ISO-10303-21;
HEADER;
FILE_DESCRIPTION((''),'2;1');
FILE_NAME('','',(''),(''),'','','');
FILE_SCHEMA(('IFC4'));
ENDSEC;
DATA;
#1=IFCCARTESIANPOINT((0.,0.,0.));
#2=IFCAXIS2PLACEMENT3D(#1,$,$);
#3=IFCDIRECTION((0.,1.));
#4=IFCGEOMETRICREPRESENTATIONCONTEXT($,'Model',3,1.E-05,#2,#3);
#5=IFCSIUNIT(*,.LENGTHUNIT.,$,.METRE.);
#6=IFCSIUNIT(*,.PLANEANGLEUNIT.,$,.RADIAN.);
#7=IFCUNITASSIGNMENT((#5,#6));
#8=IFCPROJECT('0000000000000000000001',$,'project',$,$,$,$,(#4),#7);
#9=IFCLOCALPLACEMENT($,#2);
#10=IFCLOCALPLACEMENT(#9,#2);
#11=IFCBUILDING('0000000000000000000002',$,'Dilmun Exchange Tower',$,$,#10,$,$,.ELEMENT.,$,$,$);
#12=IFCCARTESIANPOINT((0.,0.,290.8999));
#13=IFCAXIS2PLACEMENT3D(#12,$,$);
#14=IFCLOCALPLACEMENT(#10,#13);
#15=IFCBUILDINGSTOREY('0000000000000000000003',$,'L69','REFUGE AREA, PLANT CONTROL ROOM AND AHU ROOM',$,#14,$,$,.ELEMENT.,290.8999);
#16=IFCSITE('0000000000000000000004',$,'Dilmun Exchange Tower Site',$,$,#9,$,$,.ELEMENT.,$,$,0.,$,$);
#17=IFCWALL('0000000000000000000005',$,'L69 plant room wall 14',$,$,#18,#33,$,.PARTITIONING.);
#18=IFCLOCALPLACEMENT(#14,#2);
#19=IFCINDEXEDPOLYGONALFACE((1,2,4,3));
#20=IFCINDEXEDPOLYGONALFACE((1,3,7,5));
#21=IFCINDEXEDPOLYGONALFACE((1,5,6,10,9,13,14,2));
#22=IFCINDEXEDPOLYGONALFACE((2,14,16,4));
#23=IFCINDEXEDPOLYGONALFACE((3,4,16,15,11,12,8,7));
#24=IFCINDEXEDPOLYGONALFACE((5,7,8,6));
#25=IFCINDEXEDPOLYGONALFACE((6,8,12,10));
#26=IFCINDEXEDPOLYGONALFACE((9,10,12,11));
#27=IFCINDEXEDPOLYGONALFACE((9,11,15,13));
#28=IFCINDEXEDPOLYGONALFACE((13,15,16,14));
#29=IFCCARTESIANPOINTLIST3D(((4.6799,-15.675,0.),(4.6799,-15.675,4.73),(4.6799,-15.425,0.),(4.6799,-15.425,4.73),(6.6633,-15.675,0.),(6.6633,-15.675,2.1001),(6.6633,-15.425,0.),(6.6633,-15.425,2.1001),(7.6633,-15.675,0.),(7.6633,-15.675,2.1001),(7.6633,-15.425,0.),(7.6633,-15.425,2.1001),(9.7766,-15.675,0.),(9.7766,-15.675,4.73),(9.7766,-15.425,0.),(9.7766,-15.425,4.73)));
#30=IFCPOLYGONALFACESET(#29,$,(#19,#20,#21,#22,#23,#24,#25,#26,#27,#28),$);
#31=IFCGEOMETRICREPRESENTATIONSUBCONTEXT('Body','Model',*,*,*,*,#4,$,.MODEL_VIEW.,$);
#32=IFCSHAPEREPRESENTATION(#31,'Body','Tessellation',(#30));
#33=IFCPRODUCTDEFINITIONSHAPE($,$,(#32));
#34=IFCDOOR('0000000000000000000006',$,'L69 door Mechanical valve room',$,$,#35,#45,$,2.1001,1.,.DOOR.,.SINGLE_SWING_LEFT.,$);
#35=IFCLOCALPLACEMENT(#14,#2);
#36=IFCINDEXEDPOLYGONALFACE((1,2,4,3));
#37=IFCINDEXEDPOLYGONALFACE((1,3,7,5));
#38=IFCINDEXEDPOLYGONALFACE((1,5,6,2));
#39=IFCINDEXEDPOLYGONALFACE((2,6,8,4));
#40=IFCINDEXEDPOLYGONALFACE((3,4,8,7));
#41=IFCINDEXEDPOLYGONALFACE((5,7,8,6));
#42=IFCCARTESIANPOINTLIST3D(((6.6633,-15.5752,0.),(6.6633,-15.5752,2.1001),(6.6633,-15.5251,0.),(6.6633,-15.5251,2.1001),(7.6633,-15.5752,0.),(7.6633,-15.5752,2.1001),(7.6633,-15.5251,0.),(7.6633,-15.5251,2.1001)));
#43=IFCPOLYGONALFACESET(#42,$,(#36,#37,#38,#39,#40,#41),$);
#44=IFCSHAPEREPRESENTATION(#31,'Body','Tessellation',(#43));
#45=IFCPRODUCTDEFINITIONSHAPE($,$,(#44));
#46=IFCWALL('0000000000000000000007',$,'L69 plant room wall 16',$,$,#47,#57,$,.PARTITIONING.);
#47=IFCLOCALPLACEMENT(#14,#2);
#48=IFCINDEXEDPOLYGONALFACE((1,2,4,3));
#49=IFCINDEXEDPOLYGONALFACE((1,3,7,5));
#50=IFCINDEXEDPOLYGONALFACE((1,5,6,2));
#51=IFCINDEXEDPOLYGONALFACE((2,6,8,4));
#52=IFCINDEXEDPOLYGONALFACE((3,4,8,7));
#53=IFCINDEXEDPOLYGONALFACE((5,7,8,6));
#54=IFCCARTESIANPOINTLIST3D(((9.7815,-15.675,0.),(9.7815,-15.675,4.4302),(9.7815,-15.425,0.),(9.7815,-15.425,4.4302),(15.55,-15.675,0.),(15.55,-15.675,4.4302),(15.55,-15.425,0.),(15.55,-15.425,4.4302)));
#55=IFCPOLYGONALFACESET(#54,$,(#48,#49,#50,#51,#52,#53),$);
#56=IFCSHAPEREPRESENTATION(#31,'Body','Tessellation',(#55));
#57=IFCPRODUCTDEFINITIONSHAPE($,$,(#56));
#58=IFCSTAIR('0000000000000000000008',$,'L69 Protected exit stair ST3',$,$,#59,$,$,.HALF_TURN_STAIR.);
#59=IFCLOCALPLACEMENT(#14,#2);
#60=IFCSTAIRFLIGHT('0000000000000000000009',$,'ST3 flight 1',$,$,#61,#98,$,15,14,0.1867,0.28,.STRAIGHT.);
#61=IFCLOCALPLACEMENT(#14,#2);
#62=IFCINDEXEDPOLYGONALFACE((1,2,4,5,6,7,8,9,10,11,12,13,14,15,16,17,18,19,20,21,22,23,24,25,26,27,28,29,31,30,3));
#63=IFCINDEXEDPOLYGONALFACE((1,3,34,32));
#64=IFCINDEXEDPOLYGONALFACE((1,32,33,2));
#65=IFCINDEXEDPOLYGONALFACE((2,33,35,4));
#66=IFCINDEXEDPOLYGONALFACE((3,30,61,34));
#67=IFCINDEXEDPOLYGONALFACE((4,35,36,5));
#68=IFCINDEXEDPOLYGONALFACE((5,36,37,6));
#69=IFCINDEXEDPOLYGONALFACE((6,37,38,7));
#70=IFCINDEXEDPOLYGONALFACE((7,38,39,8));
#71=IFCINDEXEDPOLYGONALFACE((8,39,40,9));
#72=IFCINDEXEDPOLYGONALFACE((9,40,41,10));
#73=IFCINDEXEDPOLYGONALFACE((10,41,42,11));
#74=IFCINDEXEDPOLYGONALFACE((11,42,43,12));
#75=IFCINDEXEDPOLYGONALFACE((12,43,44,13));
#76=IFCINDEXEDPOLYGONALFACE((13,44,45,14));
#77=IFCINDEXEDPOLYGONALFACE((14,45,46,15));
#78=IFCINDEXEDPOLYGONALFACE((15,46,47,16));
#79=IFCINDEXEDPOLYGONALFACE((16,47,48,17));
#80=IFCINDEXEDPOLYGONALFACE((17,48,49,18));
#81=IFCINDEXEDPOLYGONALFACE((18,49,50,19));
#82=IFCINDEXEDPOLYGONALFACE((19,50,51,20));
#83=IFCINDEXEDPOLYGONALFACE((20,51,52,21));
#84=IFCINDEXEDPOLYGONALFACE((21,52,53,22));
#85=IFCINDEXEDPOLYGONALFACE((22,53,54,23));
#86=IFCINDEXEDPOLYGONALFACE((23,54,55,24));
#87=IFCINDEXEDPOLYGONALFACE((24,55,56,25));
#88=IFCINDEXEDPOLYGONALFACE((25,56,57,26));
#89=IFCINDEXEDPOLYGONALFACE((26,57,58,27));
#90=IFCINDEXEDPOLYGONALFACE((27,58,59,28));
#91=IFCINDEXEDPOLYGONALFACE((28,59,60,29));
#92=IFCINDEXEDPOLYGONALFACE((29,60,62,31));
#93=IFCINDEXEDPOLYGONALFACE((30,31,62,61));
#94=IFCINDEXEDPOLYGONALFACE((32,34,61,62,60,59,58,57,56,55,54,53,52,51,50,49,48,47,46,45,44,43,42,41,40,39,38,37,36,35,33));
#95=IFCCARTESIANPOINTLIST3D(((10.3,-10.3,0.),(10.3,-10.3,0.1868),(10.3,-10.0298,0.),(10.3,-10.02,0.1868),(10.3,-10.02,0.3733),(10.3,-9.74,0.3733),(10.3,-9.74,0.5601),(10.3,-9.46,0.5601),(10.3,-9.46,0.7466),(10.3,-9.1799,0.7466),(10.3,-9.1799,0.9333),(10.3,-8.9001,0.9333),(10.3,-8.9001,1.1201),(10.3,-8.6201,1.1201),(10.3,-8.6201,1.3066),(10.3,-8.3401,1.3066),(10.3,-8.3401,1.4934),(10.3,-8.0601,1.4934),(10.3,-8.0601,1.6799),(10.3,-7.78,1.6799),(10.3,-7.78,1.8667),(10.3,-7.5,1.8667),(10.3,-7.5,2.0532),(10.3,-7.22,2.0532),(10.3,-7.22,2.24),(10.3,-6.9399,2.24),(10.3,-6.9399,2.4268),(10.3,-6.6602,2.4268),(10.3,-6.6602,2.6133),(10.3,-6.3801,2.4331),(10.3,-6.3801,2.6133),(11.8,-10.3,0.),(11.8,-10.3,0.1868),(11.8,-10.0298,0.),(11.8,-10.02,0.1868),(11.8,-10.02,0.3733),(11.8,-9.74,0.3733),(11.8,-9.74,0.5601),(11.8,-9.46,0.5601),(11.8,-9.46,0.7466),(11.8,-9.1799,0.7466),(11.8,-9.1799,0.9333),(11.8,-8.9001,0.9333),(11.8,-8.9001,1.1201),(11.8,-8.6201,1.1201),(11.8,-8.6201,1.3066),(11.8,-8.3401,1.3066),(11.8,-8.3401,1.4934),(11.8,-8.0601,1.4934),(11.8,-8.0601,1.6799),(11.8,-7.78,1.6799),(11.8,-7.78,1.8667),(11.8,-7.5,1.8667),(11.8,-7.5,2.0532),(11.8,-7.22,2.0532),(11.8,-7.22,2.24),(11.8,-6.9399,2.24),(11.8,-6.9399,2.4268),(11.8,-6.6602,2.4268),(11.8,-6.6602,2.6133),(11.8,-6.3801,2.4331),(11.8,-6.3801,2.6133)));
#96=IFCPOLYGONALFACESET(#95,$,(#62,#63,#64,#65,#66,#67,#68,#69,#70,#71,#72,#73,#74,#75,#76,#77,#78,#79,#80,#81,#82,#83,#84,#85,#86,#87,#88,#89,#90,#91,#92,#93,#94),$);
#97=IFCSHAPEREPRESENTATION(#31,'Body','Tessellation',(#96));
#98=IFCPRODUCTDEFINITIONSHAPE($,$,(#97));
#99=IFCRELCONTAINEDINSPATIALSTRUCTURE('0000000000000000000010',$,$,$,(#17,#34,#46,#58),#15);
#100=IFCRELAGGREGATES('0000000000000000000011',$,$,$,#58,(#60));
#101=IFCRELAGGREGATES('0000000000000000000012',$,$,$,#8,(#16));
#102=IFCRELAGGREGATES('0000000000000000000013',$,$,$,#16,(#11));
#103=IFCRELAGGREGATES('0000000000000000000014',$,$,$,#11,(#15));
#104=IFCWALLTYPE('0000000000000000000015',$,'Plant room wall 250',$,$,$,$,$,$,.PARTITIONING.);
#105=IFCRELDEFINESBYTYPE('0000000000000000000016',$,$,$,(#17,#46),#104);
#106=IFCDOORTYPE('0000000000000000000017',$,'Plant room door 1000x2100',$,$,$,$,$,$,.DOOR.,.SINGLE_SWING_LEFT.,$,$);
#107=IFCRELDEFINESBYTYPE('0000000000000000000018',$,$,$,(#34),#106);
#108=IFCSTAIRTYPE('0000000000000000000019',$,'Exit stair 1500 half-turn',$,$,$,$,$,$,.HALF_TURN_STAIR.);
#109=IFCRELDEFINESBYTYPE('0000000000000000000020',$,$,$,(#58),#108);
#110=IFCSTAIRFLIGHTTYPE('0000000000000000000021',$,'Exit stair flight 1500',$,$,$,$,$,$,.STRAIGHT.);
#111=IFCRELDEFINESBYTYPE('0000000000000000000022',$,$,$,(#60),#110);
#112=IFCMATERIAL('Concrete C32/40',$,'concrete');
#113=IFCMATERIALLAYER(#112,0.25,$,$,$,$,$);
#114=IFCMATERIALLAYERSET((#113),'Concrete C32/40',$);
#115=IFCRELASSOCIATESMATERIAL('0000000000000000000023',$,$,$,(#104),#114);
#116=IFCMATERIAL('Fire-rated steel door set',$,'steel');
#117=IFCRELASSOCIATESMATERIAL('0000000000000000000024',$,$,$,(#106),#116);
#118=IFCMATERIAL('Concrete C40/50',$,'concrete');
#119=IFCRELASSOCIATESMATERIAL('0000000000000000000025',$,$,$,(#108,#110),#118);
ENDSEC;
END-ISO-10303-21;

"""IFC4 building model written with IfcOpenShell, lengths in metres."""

from ifc_helpers import new_model, si_unit, direction, frame, frame_2d, origin, place, context, subcontext, project, spatial, polyline, rectangle, outline, extrude, material, layer, layer_set, type_object, element, fill, aggregate, save


model = new_model("IFC4")

# Units and contexts
model_context = context("Model", 3, precision=1e-05, world=origin(), true_north=direction((0.0, 1.0)))
body_context = subcontext(model_context, "Body", "Model", "MODEL_VIEW")
ifc_project = project(units=[si_unit("LENGTHUNIT", "METRE"), si_unit("PLANEANGLEUNIT", "RADIAN")], contexts=[model_context])

# Site, building, storey
site_placement = place(None, origin())
site = spatial("IfcSite", under=ifc_project, at=site_placement, Name="Dilmun Exchange Tower Site", CompositionType="ELEMENT", RefElevation=0.0)
building_placement = place(site_placement, origin())
building = spatial("IfcBuilding", under=site, at=building_placement, Name="Dilmun Exchange Tower", CompositionType="ELEMENT")
storey_placement = place(building_placement, frame((0.0, 0.0, 290.8999)))
storey = spatial("IfcBuildingStorey", under=building, at=storey_placement, Name="L69", Description="REFUGE AREA, PLANT CONTROL ROOM AND AHU ROOM", CompositionType="ELEMENT", Elevation=290.8999)

# Shared definitions
ifc_material_1 = material(Name="Concrete C40/50", Category="concrete")

# Shared definitions
ifc_material_2 = material(Name="Fire-rated steel door set", Category="steel")

# Wall, opening, door
ifc_material_3 = material(Name="Concrete C32/40", Category="concrete")
ifc_layer_1 = layer(ifc_material_3, 0.25)
ifc_layer_set_1 = layer_set([ifc_layer_1], Name="Concrete C32/40")
wall_type_1 = type_object("IfcWallType", Name="Plant room wall 250", PredefinedType="PARTITIONING", material=ifc_layer_set_1)
wall_1_placement = place(storey_placement, frame((4.6799, -15.55, 0.0), z_axis=(0.0, 0.0, 1.0), x_axis=(1.0, 0.0, 0.0)))
wall_1 = element("IfcWall", 1, at=wall_1_placement, inside=storey, type_object=wall_type_1, Name="L69 plant room wall 14", PredefinedType="PARTITIONING", context=body_context, shape_type="SweptSolid", body=[
    extrude(rectangle(XDim=5.0967, YDim=0.25, at=frame_2d((2.5483, 0.0))), origin(), (0.0, 0.0, 1.0), 4.73),
])
opening_1_placement = place(wall_1_placement, frame((1.9834, 0.0, 0.0)))
opening_1 = element("IfcOpeningElement", 2, at=opening_1_placement, cuts=wall_1, PredefinedType="OPENING", context=body_context, shape_type="SweptSolid", body=[
    extrude(rectangle(XDim=1.0, YDim=2.1001, at=frame_2d((0.5, 1.05))), frame((0.0, 0.135, 0.0), z_axis=(0.0, -1.0, 0.0), x_axis=(1.0, 0.0, 0.0)), (0.0, 0.0, 1.0), 0.27),
])
door_type_1 = type_object("IfcDoorType", Name="Plant room door 1000x2100", OperationType="SINGLE_SWING_LEFT", PredefinedType="DOOR", material=ifc_material_2)
door_1_placement = place(opening_1_placement, origin())
door_1 = element("IfcDoor", 3, at=door_1_placement, inside=storey, type_object=door_type_1, Name="L69 door Mechanical valve room", OperationType="SINGLE_SWING_LEFT", OverallHeight=2.1001, OverallWidth=1.0, PredefinedType="DOOR", context=body_context, shape_type="SweptSolid", body=[
    extrude(rectangle(XDim=1.0, YDim=2.1001, at=frame_2d((0.5, 1.05))), frame((0.0, 0.0249, 0.0), z_axis=(0.0, -1.0, 0.0), x_axis=(1.0, 0.0, 0.0)), (0.0, 0.0, 1.0), 0.05),
])
fill(opening_1, door_1)

# Wall
wall_2_placement = place(storey_placement, frame((9.7815, -15.55, 0.0), z_axis=(0.0, 0.0, 1.0), x_axis=(1.0, 0.0, 0.0)))
element("IfcWall", 4, at=wall_2_placement, inside=storey, type_object=wall_type_1, Name="L69 plant room wall 16", PredefinedType="PARTITIONING", context=body_context, shape_type="SweptSolid", body=[
    extrude(rectangle(XDim=5.7686, YDim=0.25, at=frame_2d((2.8843, 0.0))), origin(), (0.0, 0.0, 1.0), 4.4302),
])

# Stair, stair flight
stair_type = type_object("IfcStairType", Name="Exit stair 1500 half-turn", PredefinedType="HALF_TURN_STAIR", material=ifc_material_1)
stair_placement = place(storey_placement, origin())
stair = element("IfcStair", 5, at=stair_placement, inside=storey, type_object=stair_type, Name="L69 Protected exit stair ST3", PredefinedType="HALF_TURN_STAIR")
stair_flight_type = type_object("IfcStairFlightType", Name="Exit stair flight 1500", PredefinedType="STRAIGHT", material=ifc_material_1)
stair_flight_placement = place(storey_placement, frame((11.05, -10.3, 0.0), z_axis=(0.0, 0.0, 1.0), x_axis=(0.0, 1.0, 0.0)))
stair_flight = element("IfcStairFlight", 6, at=stair_flight_placement, type_object=stair_flight_type, Name="ST3 flight 1", NumberOfRisers=15, NumberOfTreads=14, PredefinedType="STRAIGHT", RiserHeight=0.1867, TreadLength=0.28, context=body_context, shape_type="SweptSolid", body=[
    extrude(outline(polyline([(0.0, 0.0), (0.0, 0.1868), (0.28, 0.1868), (0.28, 0.3733), (0.5601, 0.3733), (0.5601, 0.5601), (0.8401, 0.5601), (0.8401, 0.7466), (1.1201, 0.7466), (1.1201, 0.9333), (1.3999, 0.9333), (1.3999, 1.1201), (1.6799, 1.1201), (1.6799, 1.3066), (1.96, 1.3066), (1.96, 1.4934), (2.24, 1.4934), (2.24, 1.6799), (2.52, 1.6799), (2.52, 1.8667), (2.8, 1.8667), (2.8, 2.0532), (3.0801, 2.0532), (3.0801, 2.24), (3.3601, 2.24), (3.3601, 2.4268), (3.6399, 2.4268), (3.6399, 2.6133), (3.9199, 2.6133), (3.9199, 2.8), (3.9199, 2.4331), (0.2703, 0.0), (0.0, 0.0)])), frame((0.0, 0.75, 0.0), z_axis=(0.0, -1.0, 0.0), x_axis=(1.0, 0.0, 0.0)), (0.0, 0.0, 1.0), 1.5),
])
aggregate(stair, [stair_flight])

save(model, "model.ifc")
